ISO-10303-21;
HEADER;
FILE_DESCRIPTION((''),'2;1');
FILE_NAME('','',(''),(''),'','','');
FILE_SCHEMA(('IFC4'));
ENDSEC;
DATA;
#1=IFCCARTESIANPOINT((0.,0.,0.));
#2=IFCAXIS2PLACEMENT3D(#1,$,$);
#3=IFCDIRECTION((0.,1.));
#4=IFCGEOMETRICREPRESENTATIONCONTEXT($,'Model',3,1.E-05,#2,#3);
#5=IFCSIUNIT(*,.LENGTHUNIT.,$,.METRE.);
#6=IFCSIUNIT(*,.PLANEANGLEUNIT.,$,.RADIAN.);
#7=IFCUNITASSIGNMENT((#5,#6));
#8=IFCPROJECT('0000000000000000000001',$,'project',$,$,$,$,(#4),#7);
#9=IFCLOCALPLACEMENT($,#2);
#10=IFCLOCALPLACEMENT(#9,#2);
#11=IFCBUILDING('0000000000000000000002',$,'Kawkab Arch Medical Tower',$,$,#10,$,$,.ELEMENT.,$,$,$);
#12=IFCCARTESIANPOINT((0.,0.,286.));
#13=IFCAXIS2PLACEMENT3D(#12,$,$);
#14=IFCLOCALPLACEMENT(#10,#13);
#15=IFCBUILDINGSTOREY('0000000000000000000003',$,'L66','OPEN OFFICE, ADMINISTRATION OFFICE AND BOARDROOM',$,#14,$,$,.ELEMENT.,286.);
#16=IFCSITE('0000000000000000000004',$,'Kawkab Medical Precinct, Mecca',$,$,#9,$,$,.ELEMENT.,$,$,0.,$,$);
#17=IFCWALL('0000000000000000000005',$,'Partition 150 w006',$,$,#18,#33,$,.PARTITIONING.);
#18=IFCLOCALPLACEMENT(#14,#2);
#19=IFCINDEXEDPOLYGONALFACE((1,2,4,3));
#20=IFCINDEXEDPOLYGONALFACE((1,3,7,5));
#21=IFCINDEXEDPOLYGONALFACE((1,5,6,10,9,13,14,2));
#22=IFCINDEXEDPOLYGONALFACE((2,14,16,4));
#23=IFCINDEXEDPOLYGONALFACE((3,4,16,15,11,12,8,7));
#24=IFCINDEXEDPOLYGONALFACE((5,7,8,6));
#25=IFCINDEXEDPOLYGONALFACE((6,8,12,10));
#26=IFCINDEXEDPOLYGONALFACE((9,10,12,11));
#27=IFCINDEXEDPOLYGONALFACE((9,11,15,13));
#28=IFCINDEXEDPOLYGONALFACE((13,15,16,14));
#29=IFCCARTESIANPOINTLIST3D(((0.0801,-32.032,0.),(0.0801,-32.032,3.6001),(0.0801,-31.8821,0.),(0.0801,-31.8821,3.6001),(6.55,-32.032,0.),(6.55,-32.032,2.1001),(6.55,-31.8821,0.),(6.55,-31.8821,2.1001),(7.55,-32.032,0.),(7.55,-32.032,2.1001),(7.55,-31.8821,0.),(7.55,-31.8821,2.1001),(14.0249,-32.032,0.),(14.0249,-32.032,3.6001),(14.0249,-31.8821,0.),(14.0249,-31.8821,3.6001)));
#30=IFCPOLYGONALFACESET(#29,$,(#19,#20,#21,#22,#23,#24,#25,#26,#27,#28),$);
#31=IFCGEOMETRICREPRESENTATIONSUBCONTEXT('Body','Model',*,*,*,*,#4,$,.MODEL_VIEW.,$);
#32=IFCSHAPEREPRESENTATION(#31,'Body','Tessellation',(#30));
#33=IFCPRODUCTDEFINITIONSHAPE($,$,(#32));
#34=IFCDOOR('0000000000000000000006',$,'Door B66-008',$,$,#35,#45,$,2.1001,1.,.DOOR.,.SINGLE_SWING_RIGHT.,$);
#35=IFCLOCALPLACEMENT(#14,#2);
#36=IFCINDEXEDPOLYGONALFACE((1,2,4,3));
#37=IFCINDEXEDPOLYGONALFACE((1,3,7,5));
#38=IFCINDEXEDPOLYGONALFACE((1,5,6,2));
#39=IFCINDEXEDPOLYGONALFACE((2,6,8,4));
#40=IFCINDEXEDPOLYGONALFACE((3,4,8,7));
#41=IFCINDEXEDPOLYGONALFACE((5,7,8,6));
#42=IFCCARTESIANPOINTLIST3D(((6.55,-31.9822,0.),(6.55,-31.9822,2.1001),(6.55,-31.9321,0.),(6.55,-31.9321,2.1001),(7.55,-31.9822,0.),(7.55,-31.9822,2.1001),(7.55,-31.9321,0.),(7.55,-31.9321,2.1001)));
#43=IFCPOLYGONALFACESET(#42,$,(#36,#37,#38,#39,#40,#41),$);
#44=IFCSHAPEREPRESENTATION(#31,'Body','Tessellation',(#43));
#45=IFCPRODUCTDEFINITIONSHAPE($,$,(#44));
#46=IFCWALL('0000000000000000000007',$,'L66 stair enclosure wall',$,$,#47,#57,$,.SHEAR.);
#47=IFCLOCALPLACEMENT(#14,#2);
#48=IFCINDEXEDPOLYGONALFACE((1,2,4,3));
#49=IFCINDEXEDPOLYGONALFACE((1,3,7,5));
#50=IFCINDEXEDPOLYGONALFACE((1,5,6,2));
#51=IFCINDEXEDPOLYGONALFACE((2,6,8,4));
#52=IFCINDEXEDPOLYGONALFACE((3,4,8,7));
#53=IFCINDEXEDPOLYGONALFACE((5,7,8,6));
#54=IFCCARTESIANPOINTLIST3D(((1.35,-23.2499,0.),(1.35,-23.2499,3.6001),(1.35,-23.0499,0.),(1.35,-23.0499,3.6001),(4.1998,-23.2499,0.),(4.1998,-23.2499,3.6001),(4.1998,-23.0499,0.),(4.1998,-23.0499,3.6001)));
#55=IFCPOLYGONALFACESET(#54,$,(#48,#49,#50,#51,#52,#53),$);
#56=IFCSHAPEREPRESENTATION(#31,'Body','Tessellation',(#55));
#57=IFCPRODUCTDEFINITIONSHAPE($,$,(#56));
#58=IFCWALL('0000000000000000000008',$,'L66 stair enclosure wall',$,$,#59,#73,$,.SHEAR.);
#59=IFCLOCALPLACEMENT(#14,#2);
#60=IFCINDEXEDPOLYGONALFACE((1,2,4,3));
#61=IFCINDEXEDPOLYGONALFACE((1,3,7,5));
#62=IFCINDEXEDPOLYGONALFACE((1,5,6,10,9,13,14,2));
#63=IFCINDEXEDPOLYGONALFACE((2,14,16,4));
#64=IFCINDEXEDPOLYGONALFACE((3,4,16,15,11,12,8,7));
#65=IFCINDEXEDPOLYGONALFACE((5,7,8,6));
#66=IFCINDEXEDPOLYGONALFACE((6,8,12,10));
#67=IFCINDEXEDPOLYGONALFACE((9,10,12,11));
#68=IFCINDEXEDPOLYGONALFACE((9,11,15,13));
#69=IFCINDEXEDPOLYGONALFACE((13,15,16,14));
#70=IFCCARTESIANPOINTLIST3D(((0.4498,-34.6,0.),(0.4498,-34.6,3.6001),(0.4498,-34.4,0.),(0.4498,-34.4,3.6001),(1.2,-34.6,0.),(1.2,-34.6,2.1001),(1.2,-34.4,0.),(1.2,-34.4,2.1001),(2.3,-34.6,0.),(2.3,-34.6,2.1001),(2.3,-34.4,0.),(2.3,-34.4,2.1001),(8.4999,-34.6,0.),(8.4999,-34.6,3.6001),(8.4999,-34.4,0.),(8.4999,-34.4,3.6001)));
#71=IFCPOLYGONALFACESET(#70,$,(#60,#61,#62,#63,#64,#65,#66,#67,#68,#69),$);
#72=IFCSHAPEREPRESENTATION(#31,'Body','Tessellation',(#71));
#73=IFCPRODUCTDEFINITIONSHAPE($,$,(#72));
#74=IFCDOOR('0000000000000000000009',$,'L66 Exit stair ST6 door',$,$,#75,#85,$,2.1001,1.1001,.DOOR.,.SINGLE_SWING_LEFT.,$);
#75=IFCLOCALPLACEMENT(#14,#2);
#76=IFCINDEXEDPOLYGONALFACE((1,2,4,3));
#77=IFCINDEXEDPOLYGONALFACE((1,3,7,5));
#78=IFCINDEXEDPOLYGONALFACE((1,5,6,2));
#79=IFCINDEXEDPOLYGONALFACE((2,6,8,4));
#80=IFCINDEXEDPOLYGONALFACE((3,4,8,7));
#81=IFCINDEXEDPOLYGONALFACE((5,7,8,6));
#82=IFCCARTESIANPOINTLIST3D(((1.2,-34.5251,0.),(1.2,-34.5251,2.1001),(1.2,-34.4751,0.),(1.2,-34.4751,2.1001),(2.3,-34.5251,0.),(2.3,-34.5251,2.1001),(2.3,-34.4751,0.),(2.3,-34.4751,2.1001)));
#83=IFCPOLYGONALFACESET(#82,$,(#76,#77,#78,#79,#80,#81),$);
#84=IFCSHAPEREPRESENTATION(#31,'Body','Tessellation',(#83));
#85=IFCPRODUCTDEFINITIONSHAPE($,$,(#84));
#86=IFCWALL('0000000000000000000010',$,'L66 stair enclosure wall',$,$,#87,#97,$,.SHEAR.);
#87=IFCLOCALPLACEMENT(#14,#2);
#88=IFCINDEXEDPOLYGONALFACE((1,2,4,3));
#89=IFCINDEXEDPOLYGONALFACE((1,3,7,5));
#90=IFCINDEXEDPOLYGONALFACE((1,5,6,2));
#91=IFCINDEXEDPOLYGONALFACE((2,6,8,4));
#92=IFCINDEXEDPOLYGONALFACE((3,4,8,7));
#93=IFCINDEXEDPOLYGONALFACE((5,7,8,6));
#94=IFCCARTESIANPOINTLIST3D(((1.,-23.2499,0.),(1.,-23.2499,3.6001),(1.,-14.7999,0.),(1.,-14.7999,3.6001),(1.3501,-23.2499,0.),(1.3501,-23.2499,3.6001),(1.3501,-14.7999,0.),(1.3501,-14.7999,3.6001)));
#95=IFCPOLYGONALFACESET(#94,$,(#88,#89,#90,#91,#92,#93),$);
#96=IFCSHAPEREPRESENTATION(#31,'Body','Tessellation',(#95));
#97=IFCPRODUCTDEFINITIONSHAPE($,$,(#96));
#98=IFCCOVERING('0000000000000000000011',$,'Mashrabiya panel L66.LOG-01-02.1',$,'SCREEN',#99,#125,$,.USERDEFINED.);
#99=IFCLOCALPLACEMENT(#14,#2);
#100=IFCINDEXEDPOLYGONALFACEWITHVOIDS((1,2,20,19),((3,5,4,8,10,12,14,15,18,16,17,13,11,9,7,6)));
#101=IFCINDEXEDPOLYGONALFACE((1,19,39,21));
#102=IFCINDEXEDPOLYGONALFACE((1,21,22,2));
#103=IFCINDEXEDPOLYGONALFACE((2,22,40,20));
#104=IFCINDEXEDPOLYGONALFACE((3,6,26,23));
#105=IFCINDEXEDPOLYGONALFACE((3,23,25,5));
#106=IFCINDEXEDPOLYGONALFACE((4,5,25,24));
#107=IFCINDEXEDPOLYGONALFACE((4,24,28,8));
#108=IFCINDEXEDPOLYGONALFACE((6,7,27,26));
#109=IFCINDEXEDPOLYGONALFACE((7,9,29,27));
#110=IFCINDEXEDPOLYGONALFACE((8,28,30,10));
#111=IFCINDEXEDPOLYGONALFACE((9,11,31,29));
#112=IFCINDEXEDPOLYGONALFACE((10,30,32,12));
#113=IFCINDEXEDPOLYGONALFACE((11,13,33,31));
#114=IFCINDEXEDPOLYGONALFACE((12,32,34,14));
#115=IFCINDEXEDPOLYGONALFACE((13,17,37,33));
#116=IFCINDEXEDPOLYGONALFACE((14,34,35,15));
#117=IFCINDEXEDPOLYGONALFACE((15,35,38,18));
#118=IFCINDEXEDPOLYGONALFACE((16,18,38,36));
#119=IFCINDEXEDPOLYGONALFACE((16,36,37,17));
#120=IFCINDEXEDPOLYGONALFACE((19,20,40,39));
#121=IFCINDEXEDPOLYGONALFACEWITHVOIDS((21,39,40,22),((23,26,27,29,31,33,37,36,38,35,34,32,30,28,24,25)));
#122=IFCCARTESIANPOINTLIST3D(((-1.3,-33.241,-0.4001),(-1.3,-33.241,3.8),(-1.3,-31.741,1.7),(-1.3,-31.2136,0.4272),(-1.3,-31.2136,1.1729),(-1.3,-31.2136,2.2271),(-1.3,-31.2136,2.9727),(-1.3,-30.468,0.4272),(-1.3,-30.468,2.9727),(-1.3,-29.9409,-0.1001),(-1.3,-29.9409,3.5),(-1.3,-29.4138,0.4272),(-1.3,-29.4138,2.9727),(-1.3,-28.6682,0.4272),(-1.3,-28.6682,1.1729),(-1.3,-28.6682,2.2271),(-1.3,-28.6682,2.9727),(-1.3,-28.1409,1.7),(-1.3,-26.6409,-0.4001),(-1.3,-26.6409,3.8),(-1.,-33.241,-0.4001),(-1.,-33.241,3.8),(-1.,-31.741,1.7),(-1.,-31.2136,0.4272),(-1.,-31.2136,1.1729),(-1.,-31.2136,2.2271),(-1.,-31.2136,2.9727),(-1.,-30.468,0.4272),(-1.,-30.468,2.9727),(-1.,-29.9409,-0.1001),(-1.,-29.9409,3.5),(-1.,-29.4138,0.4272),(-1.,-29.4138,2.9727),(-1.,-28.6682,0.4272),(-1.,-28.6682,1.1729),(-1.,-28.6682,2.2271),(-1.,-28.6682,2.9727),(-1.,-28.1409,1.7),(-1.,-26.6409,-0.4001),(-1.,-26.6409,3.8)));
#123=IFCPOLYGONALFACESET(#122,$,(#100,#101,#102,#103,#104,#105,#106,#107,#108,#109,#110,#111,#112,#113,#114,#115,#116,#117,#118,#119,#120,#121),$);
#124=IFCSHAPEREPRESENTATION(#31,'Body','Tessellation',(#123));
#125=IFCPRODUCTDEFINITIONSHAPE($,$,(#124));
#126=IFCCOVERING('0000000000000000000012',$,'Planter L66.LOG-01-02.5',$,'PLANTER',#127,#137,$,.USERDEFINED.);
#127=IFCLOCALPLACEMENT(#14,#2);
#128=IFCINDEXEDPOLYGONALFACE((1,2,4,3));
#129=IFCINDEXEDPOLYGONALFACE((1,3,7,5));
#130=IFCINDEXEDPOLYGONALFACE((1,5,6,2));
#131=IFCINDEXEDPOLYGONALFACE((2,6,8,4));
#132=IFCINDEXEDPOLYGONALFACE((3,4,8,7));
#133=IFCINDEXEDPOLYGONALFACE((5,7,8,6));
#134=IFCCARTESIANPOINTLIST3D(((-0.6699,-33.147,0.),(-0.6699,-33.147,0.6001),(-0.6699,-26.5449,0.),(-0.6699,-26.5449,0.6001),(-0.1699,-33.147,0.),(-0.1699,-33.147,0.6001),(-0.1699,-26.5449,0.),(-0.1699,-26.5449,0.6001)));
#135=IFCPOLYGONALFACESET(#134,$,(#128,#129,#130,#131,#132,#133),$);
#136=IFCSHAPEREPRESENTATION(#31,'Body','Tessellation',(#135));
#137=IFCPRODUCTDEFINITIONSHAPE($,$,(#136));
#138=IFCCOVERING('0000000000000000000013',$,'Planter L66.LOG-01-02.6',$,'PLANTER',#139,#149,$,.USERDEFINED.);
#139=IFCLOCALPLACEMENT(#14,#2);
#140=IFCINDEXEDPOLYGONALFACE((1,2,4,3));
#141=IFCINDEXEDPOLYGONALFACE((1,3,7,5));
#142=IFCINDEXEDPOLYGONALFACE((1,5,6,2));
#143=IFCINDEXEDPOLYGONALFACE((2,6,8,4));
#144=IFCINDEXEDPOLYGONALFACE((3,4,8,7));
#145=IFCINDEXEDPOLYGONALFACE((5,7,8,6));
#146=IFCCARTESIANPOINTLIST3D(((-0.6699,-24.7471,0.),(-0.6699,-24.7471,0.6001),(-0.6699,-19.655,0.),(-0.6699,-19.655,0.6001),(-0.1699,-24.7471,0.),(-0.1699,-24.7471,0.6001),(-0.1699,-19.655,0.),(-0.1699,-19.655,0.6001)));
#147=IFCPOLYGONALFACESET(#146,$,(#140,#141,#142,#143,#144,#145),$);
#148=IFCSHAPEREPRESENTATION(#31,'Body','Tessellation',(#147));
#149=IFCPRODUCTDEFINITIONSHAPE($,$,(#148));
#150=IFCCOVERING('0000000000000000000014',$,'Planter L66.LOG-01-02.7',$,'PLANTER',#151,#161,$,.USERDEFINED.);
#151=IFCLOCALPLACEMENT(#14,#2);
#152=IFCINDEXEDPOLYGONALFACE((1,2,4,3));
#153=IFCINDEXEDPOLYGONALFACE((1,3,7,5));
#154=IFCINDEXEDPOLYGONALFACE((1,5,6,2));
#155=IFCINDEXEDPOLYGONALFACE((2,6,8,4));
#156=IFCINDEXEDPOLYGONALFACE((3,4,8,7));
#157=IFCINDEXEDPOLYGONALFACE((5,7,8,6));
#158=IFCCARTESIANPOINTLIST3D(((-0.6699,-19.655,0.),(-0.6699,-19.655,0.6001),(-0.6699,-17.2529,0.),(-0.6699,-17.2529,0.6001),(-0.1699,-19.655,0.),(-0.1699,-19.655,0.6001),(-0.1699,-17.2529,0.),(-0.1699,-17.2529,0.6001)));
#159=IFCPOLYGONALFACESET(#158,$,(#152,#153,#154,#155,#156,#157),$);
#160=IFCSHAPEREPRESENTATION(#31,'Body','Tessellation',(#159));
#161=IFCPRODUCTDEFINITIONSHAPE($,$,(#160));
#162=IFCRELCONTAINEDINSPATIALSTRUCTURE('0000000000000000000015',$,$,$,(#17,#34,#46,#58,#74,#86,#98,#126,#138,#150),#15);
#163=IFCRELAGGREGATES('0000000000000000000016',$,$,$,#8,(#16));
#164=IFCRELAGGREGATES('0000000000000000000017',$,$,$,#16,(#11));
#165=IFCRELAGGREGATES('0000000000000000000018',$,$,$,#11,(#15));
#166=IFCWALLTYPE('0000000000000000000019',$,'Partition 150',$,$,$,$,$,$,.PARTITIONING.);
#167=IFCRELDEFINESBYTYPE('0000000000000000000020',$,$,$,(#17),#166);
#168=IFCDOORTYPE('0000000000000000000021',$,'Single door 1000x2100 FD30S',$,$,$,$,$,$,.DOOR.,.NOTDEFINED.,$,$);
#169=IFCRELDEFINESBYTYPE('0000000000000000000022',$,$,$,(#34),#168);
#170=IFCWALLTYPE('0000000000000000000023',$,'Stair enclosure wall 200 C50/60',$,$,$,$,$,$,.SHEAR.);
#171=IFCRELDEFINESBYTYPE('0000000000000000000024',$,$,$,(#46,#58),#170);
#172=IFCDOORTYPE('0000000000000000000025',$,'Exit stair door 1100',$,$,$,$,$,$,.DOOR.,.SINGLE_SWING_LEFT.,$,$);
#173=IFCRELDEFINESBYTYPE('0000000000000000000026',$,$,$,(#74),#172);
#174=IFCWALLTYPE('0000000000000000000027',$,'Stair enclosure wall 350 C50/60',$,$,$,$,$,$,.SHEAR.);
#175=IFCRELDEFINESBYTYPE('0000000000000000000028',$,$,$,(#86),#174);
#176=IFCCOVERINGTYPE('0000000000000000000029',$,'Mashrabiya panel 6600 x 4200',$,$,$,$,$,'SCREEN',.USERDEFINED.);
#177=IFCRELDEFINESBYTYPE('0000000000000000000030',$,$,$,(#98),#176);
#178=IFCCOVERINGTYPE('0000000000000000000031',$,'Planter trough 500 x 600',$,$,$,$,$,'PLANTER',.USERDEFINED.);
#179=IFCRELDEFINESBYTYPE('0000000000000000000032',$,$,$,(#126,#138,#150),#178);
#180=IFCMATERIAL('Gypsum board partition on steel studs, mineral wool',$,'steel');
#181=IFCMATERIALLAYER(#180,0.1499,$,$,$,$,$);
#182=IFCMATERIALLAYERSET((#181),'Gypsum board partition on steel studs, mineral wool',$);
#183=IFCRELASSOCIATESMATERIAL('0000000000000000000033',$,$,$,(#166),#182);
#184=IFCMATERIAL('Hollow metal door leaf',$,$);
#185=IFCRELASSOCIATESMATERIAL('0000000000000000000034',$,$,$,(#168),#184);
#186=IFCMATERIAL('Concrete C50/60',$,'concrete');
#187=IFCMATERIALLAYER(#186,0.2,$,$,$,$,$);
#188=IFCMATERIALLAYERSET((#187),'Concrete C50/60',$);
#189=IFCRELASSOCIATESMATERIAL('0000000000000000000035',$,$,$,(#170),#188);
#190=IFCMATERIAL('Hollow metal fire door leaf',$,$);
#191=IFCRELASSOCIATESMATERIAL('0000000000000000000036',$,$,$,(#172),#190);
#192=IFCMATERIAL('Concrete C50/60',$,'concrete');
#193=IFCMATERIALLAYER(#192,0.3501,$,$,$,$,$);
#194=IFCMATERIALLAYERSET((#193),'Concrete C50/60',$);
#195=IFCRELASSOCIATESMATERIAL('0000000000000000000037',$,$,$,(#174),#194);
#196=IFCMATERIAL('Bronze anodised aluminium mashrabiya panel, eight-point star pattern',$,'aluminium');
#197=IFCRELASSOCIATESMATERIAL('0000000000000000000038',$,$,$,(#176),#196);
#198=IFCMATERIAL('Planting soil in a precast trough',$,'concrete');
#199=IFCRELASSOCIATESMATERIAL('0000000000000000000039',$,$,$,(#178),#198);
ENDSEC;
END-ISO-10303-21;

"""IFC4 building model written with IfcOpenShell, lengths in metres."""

from ifc_helpers import new_model, si_unit, direction, frame, frame_2d, origin, origin_2d, place, context, subcontext, project, spatial, polyline, rectangle, outline, extrude, material, layer, layer_set, material_profile, profile_set, type_object, element, fill, save


model = new_model("IFC4")

# Units and contexts
model_context = context("Model", 3, precision=1e-05, world=origin(), true_north=direction((0.0, 1.0)))
body_context = subcontext(model_context, "Body", "Model", "MODEL_VIEW")
ifc_project = project(units=[si_unit("LENGTHUNIT", "METRE"), si_unit("PLANEANGLEUNIT", "RADIAN")], contexts=[model_context])

# Site, building, storey
site_placement = place(None, origin())
site = spatial("IfcSite", under=ifc_project, at=site_placement, Name="Kawkab Medical Precinct, Mecca", CompositionType="ELEMENT", RefElevation=0.0)
building_placement = place(site_placement, origin())
building = spatial("IfcBuilding", under=site, at=building_placement, Name="Kawkab Arch Medical Tower", CompositionType="ELEMENT")
storey_placement = place(building_placement, frame((0.0, 0.0, 286.0)))
storey = spatial("IfcBuildingStorey", under=building, at=storey_placement, Name="L66", Description="OPEN OFFICE, ADMINISTRATION OFFICE AND BOARDROOM", CompositionType="ELEMENT", Elevation=286.0)

# Wall, opening, door
ifc_material_1 = material(Name="Gypsum board partition on steel studs, mineral wool", Category="steel")
ifc_layer_1 = layer(ifc_material_1, 0.1499)
ifc_layer_set_1 = layer_set([ifc_layer_1], Name="Gypsum board partition on steel studs, mineral wool")
wall_type_1 = type_object("IfcWallType", Name="Partition 150", PredefinedType="PARTITIONING", material=ifc_layer_set_1)
wall_1_placement = place(storey_placement, frame((0.0801, -31.957, 0.0), z_axis=(0.0, 0.0, 1.0), x_axis=(1.0, 0.0, 0.0)))
wall_1 = element("IfcWall", 1, at=wall_1_placement, inside=storey, type_object=wall_type_1, Name="Partition 150 w006", PredefinedType="PARTITIONING", context=body_context, shape_type="SweptSolid", body=[
    extrude(rectangle(XDim=13.9448, YDim=0.1499, at=frame_2d((6.9724, 0.0))), origin(), (0.0, 0.0, 1.0), 3.6001),
])
opening_1_placement = place(wall_1_placement, frame((6.47, 0.0, 0.0)))
opening_1 = element("IfcOpeningElement", 2, at=opening_1_placement, cuts=wall_1, PredefinedType="OPENING", context=body_context, shape_type="SweptSolid", body=[
    extrude(rectangle(XDim=1.0, YDim=2.1001, at=frame_2d((0.5, 1.05))), frame((0.0, 0.085, 0.0), z_axis=(0.0, -1.0, 0.0), x_axis=(1.0, 0.0, 0.0)), (0.0, 0.0, 1.0), 0.1699),
])
ifc_material_2 = material(Name="Hollow metal door leaf")
door_type_1 = type_object("IfcDoorType", Name="Single door 1000x2100 FD30S", OperationType="NOTDEFINED", PredefinedType="DOOR", material=ifc_material_2)
door_1_placement = place(opening_1_placement, origin())
door_1 = element("IfcDoor", 3, at=door_1_placement, inside=storey, type_object=door_type_1, Name="Door B66-008", OperationType="SINGLE_SWING_RIGHT", OverallHeight=2.1001, OverallWidth=1.0, PredefinedType="DOOR", context=body_context, shape_type="SweptSolid", body=[
    extrude(rectangle(XDim=1.0, YDim=2.1001, at=frame_2d((0.5, 1.05))), frame((0.0, 0.0249, 0.0), z_axis=(0.0, -1.0, 0.0), x_axis=(1.0, 0.0, 0.0)), (0.0, 0.0, 1.0), 0.05),
])
fill(opening_1, door_1)

# Wall
ifc_material_3 = material(Name="Concrete C50/60", Category="concrete")
ifc_layer_2 = layer(ifc_material_3, 0.2)
ifc_layer_set_2 = layer_set([ifc_layer_2], Name="Concrete C50/60")
wall_type_2 = type_object("IfcWallType", Name="Stair enclosure wall 200 C50/60", PredefinedType="SHEAR", material=ifc_layer_set_2)
wall_2_placement = place(storey_placement, frame((1.3501, -23.1499, 0.0), z_axis=(0.0, 0.0, 1.0), x_axis=(1.0, 0.0, 0.0)))
element("IfcWall", 4, at=wall_2_placement, inside=storey, type_object=wall_type_2, Name="L66 stair enclosure wall", PredefinedType="SHEAR", context=body_context, shape_type="SweptSolid", body=[
    extrude(rectangle(XDim=2.8499, YDim=0.2, at=frame_2d((1.4248, 0.0))), origin(), (0.0, 0.0, 1.0), 3.6001),
])

# Wall, opening, door
wall_3_placement = place(storey_placement, frame((0.45, -34.5, 0.0), z_axis=(0.0, 0.0, 1.0), x_axis=(1.0, 0.0, 0.0)))
wall_3 = element("IfcWall", 5, at=wall_3_placement, inside=storey, type_object=wall_type_2, Name="L66 stair enclosure wall", PredefinedType="SHEAR", context=body_context, shape_type="SweptSolid", body=[
    extrude(rectangle(XDim=8.05, YDim=0.2, at=frame_2d((4.0249, 0.0))), origin(), (0.0, 0.0, 1.0), 3.6001),
])
opening_2_placement = place(wall_3_placement, frame((0.75, 0.0, 0.0)))
opening_2 = element("IfcOpeningElement", 6, at=opening_2_placement, cuts=wall_3, PredefinedType="OPENING", context=body_context, shape_type="SweptSolid", body=[
    extrude(rectangle(XDim=1.1001, YDim=2.1001, at=frame_2d((0.55, 1.05))), frame((0.0, 0.1099, 0.0), z_axis=(0.0, -1.0, 0.0), x_axis=(1.0, 0.0, 0.0)), (0.0, 0.0, 1.0), 0.22),
])
ifc_material_4 = material(Name="Hollow metal fire door leaf")
door_type_2 = type_object("IfcDoorType", Name="Exit stair door 1100", OperationType="SINGLE_SWING_LEFT", PredefinedType="DOOR", material=ifc_material_4)
door_2_placement = place(opening_2_placement, origin())
door_2 = element("IfcDoor", 7, at=door_2_placement, inside=storey, type_object=door_type_2, Name="L66 Exit stair ST6 door", OperationType="SINGLE_SWING_LEFT", OverallHeight=2.1001, OverallWidth=1.1001, PredefinedType="DOOR", context=body_context, shape_type="SweptSolid", body=[
    extrude(rectangle(XDim=1.1001, YDim=2.1001, at=frame_2d((0.55, 1.05))), frame((0.0, 0.0249, 0.0), z_axis=(0.0, -1.0, 0.0), x_axis=(1.0, 0.0, 0.0)), (0.0, 0.0, 1.0), 0.05),
])
fill(opening_2, door_2)

# Wall
ifc_material_5 = material(Name="Concrete C50/60", Category="concrete")
ifc_layer_3 = layer(ifc_material_5, 0.3501)
ifc_layer_set_3 = layer_set([ifc_layer_3], Name="Concrete C50/60")
wall_type_3 = type_object("IfcWallType", Name="Stair enclosure wall 350 C50/60", PredefinedType="SHEAR", material=ifc_layer_set_3)
wall_4_placement = place(storey_placement, frame((1.175, -23.25, 0.0), z_axis=(0.0, 0.0, 1.0), x_axis=(0.0, 1.0, 0.0)))
element("IfcWall", 8, at=wall_4_placement, inside=storey, type_object=wall_type_3, Name="L66 stair enclosure wall", PredefinedType="SHEAR", context=body_context, shape_type="SweptSolid", body=[
    extrude(rectangle(XDim=8.45, YDim=0.3501, at=frame_2d((4.2251, 0.0))), origin(), (0.0, 0.0, 1.0), 3.6001),
])

# Coverings
ifc_material_6 = material(Name="Bronze anodised aluminium mashrabiya panel, eight-point star pattern", Category="aluminium")
ifc_material_profile_1 = material_profile(ifc_material_6, outline(polyline([(-3.3, -2.1001), (3.3, -2.1001), (3.3, 2.1001), (-3.3, 2.1001), (-3.3, -2.1001)]), holes=[polyline([(1.8, 0.0), (1.2727, 0.5271), (1.2727, 1.2727), (0.5271, 1.2727), (0.0, 1.8), (-0.5271, 1.2727), (-1.2727, 1.2727), (-1.2727, 0.5271), (-1.8, 0.0), (-1.2727, -0.5271), (-1.2727, -1.2727), (-0.5271, -1.2727), (0.0, -1.8), (0.5271, -1.2727), (1.2727, -1.2727), (1.2727, -0.5271), (1.8, 0.0)])]), Name="Mashrabiya panel 6600x4200")
ifc_profile_set_1 = profile_set([ifc_material_profile_1], Name="Bronze anodised aluminium mashrabiya panel, eight-point star pattern")
covering_type_1 = type_object("IfcCoveringType", Name="Mashrabiya panel 6600 x 4200", ElementType="SCREEN", PredefinedType="USERDEFINED", material=ifc_profile_set_1)
covering_1_placement = place(storey_placement, frame((-1.0, -29.9409, 1.7), z_axis=(-1.0, 0.0, 0.0), x_axis=(0.0, -1.0, 0.0)))
element("IfcCovering", 9, at=covering_1_placement, inside=storey, type_object=covering_type_1, Name="Mashrabiya panel L66.LOG-01-02.1", ObjectType="SCREEN", PredefinedType="USERDEFINED", context=body_context, shape_type="SweptSolid", body=[
    extrude(outline(polyline([(-3.3, -2.1001), (3.3, -2.1001), (3.3, 2.1001), (-3.3, 2.1001), (-3.3, -2.1001)]), holes=[polyline([(1.8, 0.0), (1.2727, 0.5271), (1.2727, 1.2727), (0.5271, 1.2727), (0.0, 1.8), (-0.5271, 1.2727), (-1.2727, 1.2727), (-1.2727, 0.5271), (-1.8, 0.0), (-1.2727, -0.5271), (-1.2727, -1.2727), (-0.5271, -1.2727), (0.0, -1.8), (0.5271, -1.2727), (1.2727, -1.2727), (1.2727, -0.5271), (1.8, 0.0)])]), origin(), (0.0, 0.0, 1.0), 0.3),
])
ifc_material_7 = material(Name="Planting soil in a precast trough", Category="concrete")
ifc_material_profile_2 = material_profile(ifc_material_7, rectangle(XDim=0.5, YDim=0.6001, at=origin_2d()), Name="Trough 500x600")
ifc_profile_set_2 = profile_set([ifc_material_profile_2], Name="Planting soil in a precast trough")
covering_type_2 = type_object("IfcCoveringType", Name="Planter trough 500 x 600", ElementType="PLANTER", PredefinedType="USERDEFINED", material=ifc_profile_set_2)
covering_2_placement = place(storey_placement, frame((-0.4199, -33.147, 0.3), z_axis=(0.0, 1.0, 0.0), x_axis=(-1.0, 0.0, 0.0)))
element("IfcCovering", 10, at=covering_2_placement, inside=storey, type_object=covering_type_2, Name="Planter L66.LOG-01-02.5", ObjectType="PLANTER", PredefinedType="USERDEFINED", context=body_context, shape_type="SweptSolid", body=[
    extrude(rectangle(XDim=0.5, YDim=0.6001, at=origin_2d()), origin(), (0.0, 0.0, 1.0), 6.6021),
])
covering_3_placement = place(storey_placement, frame((-0.4199, -24.7471, 0.3), z_axis=(0.0, 1.0, 0.0), x_axis=(-1.0, 0.0, 0.0)))
element("IfcCovering", 11, at=covering_3_placement, inside=storey, type_object=covering_type_2, Name="Planter L66.LOG-01-02.6", ObjectType="PLANTER", PredefinedType="USERDEFINED", context=body_context, shape_type="SweptSolid", body=[
    extrude(rectangle(XDim=0.5, YDim=0.6001, at=origin_2d()), origin(), (0.0, 0.0, 1.0), 5.092),
])
covering_4_placement = place(storey_placement, frame((-0.4199, -19.655, 0.3), z_axis=(0.0, 1.0, 0.0), x_axis=(-1.0, 0.0, 0.0)))
element("IfcCovering", 12, at=covering_4_placement, inside=storey, type_object=covering_type_2, Name="Planter L66.LOG-01-02.7", ObjectType="PLANTER", PredefinedType="USERDEFINED", context=body_context, shape_type="SweptSolid", body=[
    extrude(rectangle(XDim=0.5, YDim=0.6001, at=origin_2d()), origin(), (0.0, 0.0, 1.0), 2.4021),
])

save(model, "model.ifc")
